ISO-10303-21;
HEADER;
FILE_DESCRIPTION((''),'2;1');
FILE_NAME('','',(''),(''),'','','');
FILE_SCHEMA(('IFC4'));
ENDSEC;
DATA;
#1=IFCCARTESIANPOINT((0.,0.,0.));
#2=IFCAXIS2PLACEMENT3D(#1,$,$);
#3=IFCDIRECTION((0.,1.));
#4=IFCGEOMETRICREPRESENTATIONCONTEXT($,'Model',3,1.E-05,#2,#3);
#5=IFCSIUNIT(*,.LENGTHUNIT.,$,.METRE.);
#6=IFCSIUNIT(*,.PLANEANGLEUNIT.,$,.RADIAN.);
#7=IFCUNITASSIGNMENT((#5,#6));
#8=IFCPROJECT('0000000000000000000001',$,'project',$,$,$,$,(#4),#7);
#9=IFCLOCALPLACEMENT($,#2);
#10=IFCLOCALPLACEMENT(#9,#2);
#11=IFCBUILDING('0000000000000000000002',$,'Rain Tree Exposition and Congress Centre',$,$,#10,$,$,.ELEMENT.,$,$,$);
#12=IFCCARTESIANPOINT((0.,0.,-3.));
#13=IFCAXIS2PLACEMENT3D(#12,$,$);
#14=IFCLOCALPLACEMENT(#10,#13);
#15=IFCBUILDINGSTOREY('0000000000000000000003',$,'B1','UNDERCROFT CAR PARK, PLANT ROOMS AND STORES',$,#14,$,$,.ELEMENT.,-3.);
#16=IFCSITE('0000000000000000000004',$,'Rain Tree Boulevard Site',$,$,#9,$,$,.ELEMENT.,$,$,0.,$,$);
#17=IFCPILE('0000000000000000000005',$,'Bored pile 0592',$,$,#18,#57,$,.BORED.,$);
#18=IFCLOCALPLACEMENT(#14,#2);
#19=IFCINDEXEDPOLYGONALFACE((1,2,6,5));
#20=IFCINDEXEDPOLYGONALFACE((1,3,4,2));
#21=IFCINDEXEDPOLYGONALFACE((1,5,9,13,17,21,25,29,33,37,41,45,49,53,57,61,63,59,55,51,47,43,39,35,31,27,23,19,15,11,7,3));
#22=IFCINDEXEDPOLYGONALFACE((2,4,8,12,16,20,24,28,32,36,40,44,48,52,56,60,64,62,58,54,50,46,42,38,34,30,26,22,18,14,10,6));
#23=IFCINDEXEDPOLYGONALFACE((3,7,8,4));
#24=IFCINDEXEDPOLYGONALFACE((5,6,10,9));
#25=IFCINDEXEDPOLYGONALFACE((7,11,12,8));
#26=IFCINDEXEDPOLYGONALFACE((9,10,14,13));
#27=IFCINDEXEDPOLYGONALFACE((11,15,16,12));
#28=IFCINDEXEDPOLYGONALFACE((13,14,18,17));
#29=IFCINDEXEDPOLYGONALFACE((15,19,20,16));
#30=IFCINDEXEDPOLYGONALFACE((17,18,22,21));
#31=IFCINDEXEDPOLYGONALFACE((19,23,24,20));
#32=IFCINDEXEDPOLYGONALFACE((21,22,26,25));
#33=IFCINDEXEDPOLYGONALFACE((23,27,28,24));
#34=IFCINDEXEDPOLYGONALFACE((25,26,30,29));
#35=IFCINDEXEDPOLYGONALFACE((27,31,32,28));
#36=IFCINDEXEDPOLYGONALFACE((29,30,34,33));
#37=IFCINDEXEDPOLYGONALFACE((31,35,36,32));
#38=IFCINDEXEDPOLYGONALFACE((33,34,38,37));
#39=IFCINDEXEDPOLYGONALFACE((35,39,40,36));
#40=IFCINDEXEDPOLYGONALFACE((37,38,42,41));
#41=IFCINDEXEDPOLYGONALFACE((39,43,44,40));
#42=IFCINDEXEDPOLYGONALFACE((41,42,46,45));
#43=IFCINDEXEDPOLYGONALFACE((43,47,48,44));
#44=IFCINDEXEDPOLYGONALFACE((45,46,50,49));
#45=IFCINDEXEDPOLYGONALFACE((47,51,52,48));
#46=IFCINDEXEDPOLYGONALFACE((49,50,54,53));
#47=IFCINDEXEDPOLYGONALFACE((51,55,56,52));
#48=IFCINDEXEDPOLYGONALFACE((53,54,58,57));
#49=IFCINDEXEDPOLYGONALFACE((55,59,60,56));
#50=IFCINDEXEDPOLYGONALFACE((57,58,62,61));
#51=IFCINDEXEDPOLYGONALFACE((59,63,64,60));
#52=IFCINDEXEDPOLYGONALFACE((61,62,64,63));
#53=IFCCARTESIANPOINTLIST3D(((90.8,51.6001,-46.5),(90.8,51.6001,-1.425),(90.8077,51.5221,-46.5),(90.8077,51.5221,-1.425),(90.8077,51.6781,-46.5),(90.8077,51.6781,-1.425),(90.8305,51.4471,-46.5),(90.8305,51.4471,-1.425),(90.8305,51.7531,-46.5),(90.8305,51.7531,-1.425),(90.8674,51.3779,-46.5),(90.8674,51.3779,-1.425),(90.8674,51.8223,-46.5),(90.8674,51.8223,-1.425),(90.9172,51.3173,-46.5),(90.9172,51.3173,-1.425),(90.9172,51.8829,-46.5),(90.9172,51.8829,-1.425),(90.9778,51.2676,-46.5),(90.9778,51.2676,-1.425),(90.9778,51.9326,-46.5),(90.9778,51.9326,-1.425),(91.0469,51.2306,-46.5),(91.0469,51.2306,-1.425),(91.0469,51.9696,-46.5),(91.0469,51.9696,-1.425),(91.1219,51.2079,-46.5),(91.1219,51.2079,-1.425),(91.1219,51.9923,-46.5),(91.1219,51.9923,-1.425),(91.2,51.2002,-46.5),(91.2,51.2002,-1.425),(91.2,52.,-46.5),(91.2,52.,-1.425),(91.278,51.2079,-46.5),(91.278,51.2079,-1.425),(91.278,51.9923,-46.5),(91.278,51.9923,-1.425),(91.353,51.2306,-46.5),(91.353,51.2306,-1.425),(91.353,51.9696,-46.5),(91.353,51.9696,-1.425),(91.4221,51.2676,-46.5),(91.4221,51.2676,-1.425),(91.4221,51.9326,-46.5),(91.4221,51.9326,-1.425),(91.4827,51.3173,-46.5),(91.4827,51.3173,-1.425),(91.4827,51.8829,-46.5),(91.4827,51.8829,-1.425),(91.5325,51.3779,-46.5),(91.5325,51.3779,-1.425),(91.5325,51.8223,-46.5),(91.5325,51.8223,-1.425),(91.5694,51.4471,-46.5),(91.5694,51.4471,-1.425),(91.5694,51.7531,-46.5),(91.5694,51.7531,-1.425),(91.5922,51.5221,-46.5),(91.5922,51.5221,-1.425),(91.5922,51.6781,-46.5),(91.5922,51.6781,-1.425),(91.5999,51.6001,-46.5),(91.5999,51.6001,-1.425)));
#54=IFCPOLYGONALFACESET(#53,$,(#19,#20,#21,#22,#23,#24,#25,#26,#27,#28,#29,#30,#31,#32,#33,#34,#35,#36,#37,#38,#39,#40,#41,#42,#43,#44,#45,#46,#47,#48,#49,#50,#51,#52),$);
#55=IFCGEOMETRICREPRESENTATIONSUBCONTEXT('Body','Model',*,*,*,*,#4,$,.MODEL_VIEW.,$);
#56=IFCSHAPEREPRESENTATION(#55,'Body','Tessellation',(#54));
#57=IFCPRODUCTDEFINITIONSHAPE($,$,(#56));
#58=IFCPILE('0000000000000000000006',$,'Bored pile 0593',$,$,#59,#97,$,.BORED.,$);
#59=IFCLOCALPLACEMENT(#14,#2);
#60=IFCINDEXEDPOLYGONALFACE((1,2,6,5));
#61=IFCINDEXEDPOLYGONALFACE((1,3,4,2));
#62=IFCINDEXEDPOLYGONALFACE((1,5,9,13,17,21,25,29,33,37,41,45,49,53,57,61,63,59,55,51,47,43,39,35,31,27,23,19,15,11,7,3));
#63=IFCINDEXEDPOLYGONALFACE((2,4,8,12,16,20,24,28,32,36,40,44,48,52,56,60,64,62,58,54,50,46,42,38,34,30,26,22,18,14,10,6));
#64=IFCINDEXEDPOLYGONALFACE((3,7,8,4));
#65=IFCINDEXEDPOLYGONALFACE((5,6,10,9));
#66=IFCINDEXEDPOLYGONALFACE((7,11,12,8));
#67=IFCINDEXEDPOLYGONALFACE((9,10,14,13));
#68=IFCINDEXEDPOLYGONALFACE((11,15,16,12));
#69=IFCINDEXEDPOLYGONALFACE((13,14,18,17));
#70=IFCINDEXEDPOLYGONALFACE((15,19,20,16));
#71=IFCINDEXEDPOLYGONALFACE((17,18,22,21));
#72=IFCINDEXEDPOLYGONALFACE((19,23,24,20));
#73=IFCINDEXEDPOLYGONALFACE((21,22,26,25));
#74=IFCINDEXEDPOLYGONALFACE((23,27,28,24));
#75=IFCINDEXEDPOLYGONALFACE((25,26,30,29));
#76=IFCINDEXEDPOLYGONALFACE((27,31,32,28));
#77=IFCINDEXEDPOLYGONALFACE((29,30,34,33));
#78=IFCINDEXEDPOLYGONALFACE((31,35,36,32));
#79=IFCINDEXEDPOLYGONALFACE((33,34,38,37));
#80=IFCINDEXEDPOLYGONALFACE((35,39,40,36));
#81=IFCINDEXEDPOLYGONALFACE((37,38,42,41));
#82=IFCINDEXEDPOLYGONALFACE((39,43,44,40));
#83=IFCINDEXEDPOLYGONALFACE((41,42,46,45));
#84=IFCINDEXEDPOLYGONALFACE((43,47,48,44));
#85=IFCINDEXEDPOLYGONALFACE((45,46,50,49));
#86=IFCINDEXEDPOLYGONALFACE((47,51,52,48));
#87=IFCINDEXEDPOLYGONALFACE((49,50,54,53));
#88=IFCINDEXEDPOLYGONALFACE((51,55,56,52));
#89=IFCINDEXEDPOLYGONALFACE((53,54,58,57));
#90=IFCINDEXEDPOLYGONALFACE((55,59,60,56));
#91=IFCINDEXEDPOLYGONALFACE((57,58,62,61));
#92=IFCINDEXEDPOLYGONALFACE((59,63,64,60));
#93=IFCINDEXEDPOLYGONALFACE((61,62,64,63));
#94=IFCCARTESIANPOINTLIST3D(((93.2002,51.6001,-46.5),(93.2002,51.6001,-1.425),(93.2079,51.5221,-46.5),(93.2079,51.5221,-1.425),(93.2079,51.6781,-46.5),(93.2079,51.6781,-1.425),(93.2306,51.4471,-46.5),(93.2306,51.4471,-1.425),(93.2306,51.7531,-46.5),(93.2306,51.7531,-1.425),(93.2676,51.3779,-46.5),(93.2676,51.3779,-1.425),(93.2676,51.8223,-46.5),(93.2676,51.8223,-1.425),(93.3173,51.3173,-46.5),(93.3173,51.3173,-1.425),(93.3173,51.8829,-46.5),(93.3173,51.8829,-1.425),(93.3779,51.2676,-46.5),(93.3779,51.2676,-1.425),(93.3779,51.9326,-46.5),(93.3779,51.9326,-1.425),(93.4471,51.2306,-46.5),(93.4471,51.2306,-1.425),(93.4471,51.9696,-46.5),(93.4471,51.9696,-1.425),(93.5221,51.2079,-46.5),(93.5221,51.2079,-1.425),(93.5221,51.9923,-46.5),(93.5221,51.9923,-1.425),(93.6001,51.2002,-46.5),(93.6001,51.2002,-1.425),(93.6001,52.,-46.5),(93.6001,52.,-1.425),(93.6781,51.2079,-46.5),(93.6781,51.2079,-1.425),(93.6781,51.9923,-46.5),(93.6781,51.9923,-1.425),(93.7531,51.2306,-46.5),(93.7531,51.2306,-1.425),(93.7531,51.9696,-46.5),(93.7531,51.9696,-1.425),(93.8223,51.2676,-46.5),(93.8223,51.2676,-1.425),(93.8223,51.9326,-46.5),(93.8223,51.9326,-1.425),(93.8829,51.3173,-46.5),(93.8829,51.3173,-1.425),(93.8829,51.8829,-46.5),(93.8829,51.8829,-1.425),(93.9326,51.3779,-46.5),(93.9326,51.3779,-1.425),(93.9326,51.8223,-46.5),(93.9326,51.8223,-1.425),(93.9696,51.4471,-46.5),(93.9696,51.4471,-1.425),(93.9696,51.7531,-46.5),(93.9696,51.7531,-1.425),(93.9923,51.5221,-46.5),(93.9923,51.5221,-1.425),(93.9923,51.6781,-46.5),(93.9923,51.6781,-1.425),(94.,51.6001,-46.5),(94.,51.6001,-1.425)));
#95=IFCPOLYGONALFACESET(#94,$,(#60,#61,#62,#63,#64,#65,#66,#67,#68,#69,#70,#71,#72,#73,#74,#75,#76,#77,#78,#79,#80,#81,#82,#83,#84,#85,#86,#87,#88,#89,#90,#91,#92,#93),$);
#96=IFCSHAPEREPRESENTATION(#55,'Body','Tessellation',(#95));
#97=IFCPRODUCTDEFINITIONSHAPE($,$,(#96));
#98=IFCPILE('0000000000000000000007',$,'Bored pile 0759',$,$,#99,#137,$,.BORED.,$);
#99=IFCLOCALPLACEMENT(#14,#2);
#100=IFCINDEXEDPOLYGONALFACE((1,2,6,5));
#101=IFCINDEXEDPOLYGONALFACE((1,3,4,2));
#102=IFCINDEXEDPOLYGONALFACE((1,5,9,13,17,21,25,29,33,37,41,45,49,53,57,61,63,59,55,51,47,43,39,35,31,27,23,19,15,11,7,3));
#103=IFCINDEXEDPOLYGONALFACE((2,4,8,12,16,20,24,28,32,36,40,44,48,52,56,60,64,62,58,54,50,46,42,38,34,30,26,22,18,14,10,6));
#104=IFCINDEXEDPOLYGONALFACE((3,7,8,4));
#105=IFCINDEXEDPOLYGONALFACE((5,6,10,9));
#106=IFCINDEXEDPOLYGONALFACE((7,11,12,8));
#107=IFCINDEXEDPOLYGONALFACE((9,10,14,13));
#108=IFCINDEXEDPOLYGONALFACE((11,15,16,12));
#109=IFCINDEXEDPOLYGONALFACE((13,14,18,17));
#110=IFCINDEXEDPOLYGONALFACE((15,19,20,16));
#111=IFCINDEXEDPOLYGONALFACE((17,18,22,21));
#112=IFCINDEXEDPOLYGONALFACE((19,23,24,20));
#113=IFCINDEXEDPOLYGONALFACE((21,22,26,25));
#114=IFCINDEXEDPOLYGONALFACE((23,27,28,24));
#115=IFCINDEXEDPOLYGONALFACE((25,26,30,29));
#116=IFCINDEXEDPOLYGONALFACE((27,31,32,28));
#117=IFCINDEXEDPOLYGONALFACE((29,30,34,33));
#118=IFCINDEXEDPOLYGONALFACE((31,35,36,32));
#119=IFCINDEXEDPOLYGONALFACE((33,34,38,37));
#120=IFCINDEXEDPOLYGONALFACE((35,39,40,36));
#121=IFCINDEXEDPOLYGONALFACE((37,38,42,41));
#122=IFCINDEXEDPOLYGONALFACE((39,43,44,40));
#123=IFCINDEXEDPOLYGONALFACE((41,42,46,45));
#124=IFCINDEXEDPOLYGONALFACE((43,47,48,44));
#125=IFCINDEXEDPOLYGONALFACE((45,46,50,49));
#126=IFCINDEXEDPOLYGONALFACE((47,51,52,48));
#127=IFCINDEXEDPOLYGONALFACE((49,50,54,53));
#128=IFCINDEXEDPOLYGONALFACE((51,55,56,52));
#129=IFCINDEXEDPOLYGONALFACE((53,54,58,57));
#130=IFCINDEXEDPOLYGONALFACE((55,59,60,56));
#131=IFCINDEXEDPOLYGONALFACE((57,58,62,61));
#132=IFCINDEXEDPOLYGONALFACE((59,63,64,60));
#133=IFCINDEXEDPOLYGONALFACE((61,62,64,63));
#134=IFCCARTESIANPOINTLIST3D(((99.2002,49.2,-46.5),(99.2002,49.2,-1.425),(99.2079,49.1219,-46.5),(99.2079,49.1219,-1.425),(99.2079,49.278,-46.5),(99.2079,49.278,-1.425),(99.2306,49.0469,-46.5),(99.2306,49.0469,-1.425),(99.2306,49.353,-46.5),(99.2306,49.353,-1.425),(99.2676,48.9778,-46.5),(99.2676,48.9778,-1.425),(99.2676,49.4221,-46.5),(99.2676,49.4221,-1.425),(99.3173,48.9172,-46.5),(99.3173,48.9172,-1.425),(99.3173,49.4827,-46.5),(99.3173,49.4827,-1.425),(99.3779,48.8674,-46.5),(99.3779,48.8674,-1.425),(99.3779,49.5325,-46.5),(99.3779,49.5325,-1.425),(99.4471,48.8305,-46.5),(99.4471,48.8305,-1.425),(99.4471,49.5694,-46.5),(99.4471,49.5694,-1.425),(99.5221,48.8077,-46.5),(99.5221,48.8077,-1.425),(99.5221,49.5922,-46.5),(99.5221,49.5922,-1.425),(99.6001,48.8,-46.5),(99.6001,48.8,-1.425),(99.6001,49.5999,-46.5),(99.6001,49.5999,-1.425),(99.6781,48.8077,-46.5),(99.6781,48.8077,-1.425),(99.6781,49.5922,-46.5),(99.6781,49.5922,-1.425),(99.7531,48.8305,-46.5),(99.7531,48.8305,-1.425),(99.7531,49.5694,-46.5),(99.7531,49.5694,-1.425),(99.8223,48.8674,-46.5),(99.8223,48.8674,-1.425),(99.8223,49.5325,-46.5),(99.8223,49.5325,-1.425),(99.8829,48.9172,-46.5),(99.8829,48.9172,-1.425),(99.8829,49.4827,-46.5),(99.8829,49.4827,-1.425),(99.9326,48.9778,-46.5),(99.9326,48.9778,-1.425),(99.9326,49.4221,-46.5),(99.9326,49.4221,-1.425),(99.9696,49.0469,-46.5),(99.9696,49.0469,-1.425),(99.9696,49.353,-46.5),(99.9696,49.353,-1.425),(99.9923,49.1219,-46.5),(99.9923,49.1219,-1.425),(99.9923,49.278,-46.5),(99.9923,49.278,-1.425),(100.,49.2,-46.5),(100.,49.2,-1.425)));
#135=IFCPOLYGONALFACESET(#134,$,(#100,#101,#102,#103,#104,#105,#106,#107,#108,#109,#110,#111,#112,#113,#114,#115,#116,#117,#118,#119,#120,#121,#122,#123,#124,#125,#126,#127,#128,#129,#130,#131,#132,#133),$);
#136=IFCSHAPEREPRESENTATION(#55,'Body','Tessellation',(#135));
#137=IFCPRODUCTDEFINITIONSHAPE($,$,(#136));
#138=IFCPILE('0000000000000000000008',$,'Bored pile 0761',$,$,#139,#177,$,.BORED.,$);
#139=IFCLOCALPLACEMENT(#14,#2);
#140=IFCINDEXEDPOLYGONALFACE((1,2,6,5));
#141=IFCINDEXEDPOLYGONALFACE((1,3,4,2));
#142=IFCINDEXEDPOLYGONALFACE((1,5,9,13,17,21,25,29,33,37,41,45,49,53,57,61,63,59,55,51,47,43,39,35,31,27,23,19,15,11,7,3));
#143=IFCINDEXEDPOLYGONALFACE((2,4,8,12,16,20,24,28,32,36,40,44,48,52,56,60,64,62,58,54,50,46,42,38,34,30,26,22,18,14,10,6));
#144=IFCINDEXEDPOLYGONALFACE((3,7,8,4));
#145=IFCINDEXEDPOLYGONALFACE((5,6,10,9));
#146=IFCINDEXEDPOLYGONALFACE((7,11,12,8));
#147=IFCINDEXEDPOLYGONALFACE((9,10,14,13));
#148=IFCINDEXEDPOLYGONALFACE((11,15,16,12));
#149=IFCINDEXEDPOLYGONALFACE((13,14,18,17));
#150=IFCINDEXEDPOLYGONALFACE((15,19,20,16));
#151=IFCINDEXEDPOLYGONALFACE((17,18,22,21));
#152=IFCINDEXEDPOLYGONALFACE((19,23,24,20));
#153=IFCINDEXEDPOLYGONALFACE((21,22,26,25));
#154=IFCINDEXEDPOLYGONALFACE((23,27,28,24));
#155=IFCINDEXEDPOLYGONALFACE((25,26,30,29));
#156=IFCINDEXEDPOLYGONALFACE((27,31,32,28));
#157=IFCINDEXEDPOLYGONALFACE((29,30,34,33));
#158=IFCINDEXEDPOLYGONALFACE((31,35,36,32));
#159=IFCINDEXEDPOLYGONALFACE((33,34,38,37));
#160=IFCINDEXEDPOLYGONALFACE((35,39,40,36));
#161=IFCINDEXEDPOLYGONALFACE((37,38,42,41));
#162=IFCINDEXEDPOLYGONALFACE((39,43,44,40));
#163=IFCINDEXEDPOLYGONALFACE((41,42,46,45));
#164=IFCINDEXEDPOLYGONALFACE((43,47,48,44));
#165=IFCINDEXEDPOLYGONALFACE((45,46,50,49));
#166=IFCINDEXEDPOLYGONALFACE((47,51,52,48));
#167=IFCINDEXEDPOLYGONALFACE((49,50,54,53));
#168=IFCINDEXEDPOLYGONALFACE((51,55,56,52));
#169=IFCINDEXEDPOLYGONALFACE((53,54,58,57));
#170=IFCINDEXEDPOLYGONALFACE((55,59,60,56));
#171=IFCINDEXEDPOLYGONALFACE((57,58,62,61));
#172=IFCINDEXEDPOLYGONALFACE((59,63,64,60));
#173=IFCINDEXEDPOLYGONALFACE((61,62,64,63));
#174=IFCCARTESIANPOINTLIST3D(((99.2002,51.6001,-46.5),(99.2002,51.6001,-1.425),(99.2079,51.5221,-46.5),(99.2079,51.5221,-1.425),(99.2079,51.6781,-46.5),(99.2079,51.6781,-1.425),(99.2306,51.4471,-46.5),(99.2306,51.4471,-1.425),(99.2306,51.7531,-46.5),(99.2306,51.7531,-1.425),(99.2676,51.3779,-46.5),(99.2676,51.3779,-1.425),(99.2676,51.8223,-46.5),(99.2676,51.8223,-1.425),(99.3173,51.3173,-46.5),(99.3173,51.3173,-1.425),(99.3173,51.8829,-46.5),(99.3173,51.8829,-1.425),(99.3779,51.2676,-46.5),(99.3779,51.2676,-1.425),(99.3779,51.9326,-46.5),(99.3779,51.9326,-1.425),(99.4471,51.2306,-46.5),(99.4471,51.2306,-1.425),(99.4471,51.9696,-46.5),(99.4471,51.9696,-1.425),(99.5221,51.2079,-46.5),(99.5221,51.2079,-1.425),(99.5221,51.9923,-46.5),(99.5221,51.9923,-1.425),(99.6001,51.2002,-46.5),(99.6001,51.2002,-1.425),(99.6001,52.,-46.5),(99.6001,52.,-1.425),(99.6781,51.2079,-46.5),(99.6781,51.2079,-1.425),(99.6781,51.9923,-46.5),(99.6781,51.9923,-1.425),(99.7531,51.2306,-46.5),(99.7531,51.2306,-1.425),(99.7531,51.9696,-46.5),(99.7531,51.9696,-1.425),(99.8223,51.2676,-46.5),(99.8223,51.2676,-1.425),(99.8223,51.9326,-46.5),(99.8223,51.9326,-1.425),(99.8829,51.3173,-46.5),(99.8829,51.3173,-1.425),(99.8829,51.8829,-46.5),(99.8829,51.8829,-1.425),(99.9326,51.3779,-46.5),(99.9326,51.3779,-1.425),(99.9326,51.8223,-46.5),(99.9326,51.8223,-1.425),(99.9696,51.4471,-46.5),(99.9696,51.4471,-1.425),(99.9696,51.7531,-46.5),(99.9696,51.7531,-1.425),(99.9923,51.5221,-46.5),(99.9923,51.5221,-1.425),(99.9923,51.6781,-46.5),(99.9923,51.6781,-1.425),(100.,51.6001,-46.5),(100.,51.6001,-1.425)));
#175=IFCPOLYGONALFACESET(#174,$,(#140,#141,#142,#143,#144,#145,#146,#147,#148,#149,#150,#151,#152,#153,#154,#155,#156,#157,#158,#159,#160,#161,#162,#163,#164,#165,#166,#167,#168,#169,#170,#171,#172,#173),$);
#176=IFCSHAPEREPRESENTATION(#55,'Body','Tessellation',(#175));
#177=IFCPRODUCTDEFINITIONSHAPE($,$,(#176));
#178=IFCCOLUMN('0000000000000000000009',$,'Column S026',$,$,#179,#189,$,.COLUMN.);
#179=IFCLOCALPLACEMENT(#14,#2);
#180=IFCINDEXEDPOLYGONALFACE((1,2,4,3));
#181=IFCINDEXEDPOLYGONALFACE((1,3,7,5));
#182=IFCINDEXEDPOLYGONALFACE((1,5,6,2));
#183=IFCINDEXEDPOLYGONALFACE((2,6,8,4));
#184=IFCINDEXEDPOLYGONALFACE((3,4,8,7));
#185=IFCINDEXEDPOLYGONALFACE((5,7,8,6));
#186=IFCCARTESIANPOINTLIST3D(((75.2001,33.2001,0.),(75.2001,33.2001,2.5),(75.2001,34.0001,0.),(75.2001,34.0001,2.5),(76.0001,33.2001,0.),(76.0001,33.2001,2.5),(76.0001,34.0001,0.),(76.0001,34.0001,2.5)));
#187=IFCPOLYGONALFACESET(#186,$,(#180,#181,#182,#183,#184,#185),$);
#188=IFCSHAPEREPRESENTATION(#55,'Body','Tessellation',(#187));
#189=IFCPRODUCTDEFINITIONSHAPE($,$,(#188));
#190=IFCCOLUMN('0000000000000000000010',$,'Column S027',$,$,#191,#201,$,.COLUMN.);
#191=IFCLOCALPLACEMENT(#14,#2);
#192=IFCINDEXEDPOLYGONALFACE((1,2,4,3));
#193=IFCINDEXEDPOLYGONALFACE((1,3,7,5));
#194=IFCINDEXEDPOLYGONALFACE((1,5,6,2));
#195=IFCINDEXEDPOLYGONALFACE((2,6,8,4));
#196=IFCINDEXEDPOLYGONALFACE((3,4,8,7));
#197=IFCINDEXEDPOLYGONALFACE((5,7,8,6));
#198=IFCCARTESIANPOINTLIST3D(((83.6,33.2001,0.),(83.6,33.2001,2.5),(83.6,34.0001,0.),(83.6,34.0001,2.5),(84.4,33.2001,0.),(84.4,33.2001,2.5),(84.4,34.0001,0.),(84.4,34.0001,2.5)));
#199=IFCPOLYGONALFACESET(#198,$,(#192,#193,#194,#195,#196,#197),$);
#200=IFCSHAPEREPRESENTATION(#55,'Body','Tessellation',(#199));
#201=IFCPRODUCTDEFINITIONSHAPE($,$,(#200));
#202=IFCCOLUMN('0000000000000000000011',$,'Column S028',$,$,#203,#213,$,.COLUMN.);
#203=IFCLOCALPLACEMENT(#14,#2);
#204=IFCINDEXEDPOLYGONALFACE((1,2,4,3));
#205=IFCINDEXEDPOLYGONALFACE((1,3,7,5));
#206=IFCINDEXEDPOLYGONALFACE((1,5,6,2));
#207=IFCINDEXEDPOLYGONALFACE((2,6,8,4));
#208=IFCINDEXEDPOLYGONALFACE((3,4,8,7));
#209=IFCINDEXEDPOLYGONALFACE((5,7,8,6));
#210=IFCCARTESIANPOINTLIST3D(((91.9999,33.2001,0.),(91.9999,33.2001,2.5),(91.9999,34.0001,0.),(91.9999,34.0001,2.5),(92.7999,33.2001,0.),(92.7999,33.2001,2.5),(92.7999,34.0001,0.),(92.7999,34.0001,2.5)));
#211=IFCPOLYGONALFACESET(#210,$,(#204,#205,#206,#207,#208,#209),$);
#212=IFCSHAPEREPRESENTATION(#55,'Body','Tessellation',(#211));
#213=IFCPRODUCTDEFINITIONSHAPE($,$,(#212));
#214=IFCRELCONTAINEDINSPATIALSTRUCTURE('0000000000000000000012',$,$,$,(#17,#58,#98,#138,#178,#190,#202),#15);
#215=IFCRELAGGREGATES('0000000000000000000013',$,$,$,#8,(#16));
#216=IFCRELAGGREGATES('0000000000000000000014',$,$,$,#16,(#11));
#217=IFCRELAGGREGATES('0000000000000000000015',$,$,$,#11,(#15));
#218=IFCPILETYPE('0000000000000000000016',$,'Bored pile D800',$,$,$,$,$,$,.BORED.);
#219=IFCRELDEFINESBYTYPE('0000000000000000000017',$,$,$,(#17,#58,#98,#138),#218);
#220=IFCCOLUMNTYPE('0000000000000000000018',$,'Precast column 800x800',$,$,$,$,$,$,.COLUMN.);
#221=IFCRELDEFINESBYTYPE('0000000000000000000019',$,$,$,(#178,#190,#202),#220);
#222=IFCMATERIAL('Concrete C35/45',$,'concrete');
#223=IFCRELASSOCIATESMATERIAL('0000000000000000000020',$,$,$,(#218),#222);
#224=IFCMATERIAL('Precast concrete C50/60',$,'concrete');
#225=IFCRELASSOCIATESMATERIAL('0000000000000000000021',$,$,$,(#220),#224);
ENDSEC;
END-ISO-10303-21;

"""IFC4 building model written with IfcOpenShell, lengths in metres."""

from ifc_helpers import new_model, si_unit, direction, frame, origin, origin_2d, place, context, subcontext, project, spatial, rectangle, circle, extrude, material, material_profile, profile_set, type_object, element, save


model = new_model("IFC4")

# Units and contexts
model_context = context("Model", 3, precision=1e-05, world=origin(), true_north=direction((0.0, 1.0)))
body_context = subcontext(model_context, "Body", "Model", "MODEL_VIEW")
ifc_project = project(units=[si_unit("LENGTHUNIT", "METRE"), si_unit("PLANEANGLEUNIT", "RADIAN")], contexts=[model_context])

# Site, building, storey
site_placement = place(None, origin())
site = spatial("IfcSite", under=ifc_project, at=site_placement, Name="Rain Tree Boulevard Site", CompositionType="ELEMENT", RefElevation=0.0)
building_placement = place(site_placement, origin())
building = spatial("IfcBuilding", under=site, at=building_placement, Name="Rain Tree Exposition and Congress Centre", CompositionType="ELEMENT")
storey_placement = place(building_placement, frame((0.0, 0.0, -3.0)))
storey = spatial("IfcBuildingStorey", under=building, at=storey_placement, Name="B1", Description="UNDERCROFT CAR PARK, PLANT ROOMS AND STORES", CompositionType="ELEMENT", Elevation=-3.0)

# Piles
ifc_material_1 = material(Name="Concrete C35/45", Category="concrete")
ifc_material_profile_1 = material_profile(ifc_material_1, circle(Radius=0.3999, at=origin_2d()), Name="D800")
ifc_profile_set_1 = profile_set([ifc_material_profile_1], Name="Concrete C35/45")
pile_type = type_object("IfcPileType", Name="Bored pile D800", PredefinedType="BORED", material=ifc_profile_set_1)
for number, where, z_axis, x_axis, name in (
    (1, (91.2, 51.6001, -1.425), (0.0, 0.0, -1.0), (1.0, 0.0, 0.0), "Bored pile 0592"),
    (2, (93.6001, 51.6001, -1.425), (0.0, 0.0, -1.0), (1.0, 0.0, 0.0), "Bored pile 0593"),
    (3, (99.6001, 49.2, -1.425), (0.0, 0.0, -1.0), (1.0, 0.0, 0.0), "Bored pile 0759"),
    (4, (99.6001, 51.6001, -1.425), (0.0, 0.0, -1.0), (1.0, 0.0, 0.0), "Bored pile 0761"),
):
    element("IfcPile", number, at=place(storey_placement, frame(where, z_axis=z_axis, x_axis=x_axis)), inside=storey, type_object=pile_type, Name=name, PredefinedType="BORED", context=body_context, shape_type="SweptSolid", body=[
        extrude(circle(Radius=0.3999, at=origin_2d()), origin(), (0.0, 0.0, 1.0), 45.075),
    ])

# Columns
ifc_material_2 = material(Name="Precast concrete C50/60", Category="concrete")
ifc_material_profile_2 = material_profile(ifc_material_2, rectangle(XDim=0.8, YDim=0.8, at=origin_2d()), Name="RC 800x800")
ifc_profile_set_2 = profile_set([ifc_material_profile_2], Name="Precast concrete C50/60")
column_type = type_object("IfcColumnType", Name="Precast column 800x800", PredefinedType="COLUMN", material=ifc_profile_set_2)
for number, where, z_axis, x_axis, name in (
    (5, (75.6001, 33.6001, 0.0), (0.0, 0.0, 1.0), (1.0, 0.0, 0.0), "Column S026"),
    (6, (84.0, 33.6001, 0.0), (0.0, 0.0, 1.0), (1.0, 0.0, 0.0), "Column S027"),
    (7, (92.3999, 33.6001, 0.0), (0.0, 0.0, 1.0), (1.0, 0.0, 0.0), "Column S028"),
):
    element("IfcColumn", number, at=place(storey_placement, frame(where, z_axis=z_axis, x_axis=x_axis)), inside=storey, type_object=column_type, Name=name, PredefinedType="COLUMN", context=body_context, shape_type="SweptSolid", body=[
        extrude(rectangle(XDim=0.8, YDim=0.8, at=origin_2d()), origin(), (0.0, 0.0, 1.0), 2.5),
    ])

save(model, "model.ifc")
